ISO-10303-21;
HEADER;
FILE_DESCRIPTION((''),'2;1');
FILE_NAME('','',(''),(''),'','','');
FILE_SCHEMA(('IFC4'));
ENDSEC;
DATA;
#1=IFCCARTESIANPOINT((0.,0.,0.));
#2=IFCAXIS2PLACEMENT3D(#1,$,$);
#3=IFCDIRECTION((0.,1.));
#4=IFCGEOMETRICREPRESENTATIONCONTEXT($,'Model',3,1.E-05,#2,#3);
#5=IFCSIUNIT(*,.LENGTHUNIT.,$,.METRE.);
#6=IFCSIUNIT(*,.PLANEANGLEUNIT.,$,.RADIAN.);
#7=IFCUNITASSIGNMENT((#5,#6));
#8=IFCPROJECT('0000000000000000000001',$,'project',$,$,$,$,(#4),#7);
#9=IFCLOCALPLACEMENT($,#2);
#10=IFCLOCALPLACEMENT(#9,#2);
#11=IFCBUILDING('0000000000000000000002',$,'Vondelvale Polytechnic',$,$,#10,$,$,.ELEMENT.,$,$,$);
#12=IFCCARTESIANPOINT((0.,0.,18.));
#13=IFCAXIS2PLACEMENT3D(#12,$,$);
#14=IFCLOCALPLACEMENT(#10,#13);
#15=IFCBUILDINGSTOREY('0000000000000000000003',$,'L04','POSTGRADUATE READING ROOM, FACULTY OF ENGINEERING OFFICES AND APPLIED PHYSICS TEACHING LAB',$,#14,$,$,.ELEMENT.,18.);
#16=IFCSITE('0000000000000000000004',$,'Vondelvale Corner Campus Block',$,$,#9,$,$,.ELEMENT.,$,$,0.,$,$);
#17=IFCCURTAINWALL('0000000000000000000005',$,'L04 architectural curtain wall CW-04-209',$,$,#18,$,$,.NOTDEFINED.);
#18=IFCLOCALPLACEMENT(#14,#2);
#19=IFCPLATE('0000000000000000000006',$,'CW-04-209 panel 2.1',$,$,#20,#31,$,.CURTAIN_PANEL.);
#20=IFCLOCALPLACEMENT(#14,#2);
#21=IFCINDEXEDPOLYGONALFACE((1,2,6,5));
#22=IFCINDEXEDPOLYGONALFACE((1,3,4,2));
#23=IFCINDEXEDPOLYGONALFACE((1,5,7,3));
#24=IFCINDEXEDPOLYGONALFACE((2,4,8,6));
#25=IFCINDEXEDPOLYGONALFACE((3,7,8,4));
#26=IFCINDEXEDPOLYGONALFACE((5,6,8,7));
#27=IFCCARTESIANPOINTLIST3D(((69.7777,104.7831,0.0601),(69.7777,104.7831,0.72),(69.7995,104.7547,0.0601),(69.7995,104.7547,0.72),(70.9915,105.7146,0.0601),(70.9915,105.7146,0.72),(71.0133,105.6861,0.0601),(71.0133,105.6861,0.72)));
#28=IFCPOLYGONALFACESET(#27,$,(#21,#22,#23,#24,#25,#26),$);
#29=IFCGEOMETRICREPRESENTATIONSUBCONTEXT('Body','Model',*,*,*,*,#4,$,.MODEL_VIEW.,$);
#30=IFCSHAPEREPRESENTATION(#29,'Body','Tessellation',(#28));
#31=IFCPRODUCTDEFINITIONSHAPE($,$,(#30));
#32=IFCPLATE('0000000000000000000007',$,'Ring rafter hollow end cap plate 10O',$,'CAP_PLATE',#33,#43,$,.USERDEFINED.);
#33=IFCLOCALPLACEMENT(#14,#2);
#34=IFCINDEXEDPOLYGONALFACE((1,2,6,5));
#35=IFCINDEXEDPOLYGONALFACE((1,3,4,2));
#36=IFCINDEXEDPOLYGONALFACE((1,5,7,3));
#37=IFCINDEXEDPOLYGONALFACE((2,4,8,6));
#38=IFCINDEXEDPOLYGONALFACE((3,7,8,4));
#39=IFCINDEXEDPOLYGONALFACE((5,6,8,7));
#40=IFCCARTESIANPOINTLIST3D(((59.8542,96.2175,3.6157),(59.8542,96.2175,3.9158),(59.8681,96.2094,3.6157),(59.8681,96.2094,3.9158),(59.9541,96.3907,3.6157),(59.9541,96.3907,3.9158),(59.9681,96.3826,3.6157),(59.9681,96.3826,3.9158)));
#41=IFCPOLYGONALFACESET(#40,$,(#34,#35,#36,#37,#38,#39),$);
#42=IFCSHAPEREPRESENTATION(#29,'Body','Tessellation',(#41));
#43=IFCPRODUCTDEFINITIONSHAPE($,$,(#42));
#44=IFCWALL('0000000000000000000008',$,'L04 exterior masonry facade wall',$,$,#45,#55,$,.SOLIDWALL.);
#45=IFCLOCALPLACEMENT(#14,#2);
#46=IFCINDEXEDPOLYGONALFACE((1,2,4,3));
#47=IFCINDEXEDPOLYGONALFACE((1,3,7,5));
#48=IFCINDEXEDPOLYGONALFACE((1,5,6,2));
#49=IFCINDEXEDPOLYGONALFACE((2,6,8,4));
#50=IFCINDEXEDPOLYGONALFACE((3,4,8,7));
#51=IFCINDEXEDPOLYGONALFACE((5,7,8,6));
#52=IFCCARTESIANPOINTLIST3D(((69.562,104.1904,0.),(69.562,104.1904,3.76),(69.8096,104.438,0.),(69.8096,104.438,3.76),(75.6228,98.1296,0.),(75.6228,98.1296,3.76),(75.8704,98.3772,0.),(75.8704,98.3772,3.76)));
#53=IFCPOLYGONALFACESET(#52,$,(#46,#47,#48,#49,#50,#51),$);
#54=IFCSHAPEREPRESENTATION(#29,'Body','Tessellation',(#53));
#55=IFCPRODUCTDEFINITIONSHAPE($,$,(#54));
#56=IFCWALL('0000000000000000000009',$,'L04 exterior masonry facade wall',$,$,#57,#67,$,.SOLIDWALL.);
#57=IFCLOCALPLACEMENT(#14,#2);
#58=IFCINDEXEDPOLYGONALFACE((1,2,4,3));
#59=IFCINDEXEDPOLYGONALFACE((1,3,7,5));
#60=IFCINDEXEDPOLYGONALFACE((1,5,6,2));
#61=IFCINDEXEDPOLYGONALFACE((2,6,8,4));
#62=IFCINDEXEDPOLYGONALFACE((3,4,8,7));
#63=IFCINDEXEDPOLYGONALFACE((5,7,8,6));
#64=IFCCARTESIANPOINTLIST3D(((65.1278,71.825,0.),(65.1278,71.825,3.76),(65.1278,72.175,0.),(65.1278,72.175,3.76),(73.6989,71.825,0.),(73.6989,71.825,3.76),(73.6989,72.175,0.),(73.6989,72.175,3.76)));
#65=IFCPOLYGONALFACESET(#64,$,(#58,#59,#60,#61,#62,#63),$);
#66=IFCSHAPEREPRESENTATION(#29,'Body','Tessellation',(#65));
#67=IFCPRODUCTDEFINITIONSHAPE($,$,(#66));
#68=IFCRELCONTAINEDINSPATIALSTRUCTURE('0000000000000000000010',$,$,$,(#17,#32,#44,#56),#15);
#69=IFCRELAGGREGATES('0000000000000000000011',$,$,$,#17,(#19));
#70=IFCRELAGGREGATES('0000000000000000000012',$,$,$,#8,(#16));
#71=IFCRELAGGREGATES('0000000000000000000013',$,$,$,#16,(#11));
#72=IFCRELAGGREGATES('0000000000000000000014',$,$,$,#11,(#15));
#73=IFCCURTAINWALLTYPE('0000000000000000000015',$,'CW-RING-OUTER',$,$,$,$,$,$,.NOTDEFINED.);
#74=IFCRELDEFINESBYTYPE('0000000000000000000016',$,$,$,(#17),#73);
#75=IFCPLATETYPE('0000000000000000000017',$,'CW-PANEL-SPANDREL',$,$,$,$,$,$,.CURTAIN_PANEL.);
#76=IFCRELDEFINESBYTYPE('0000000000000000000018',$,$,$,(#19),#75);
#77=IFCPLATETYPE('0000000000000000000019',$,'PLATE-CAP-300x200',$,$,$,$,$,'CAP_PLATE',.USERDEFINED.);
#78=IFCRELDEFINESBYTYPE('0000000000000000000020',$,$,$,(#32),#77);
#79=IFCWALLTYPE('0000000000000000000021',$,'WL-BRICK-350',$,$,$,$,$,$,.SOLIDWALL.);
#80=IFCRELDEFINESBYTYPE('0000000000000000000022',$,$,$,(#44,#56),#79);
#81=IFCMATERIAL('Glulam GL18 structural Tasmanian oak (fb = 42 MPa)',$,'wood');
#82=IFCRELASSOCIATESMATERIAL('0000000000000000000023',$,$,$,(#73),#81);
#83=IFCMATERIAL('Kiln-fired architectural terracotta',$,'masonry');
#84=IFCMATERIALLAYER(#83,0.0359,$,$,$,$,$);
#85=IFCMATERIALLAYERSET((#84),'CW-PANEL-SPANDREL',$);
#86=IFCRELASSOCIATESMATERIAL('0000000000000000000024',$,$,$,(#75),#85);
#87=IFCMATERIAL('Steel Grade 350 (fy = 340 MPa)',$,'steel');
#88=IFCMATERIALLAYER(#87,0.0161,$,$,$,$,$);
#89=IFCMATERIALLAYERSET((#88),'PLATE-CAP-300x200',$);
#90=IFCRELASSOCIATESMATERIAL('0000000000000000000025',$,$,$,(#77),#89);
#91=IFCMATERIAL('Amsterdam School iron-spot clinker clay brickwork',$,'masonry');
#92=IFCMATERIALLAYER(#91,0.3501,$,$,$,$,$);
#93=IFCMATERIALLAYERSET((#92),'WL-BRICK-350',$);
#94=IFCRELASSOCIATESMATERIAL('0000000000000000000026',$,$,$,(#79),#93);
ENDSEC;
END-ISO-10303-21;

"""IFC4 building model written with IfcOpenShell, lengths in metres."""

from ifc_helpers import new_model, si_unit, direction, frame, frame_2d, origin, origin_2d, place, context, subcontext, project, spatial, rectangle, extrude, material, layer, layer_set, type_object, element, aggregate, save


model = new_model("IFC4")

# Units and contexts
model_context = context("Model", 3, precision=1e-05, world=origin(), true_north=direction((0.0, 1.0)))
body_context = subcontext(model_context, "Body", "Model", "MODEL_VIEW")
ifc_project = project(units=[si_unit("LENGTHUNIT", "METRE"), si_unit("PLANEANGLEUNIT", "RADIAN")], contexts=[model_context])

# Site, building, storey
site_placement = place(None, origin())
site = spatial("IfcSite", under=ifc_project, at=site_placement, Name="Vondelvale Corner Campus Block", CompositionType="ELEMENT", RefElevation=0.0)
building_placement = place(site_placement, origin())
building = spatial("IfcBuilding", under=site, at=building_placement, Name="Vondelvale Polytechnic", CompositionType="ELEMENT")
storey_placement = place(building_placement, frame((0.0, 0.0, 18.0)))
storey = spatial("IfcBuildingStorey", under=building, at=storey_placement, Name="L04", Description="POSTGRADUATE READING ROOM, FACULTY OF ENGINEERING OFFICES AND APPLIED PHYSICS TEACHING LAB", CompositionType="ELEMENT", Elevation=18.0)

# Curtain wall
ifc_material_1 = material(Name="Glulam GL18 structural Tasmanian oak (fb = 42 MPa)", Category="wood")
curtain_wall_type = type_object("IfcCurtainWallType", Name="CW-RING-OUTER", PredefinedType="NOTDEFINED", material=ifc_material_1)
curtain_wall_placement = place(storey_placement, origin())
curtain_wall = element("IfcCurtainWall", 1, at=curtain_wall_placement, inside=storey, type_object=curtain_wall_type, Name="L04 architectural curtain wall CW-04-209", PredefinedType="NOTDEFINED")

# Plates
ifc_material_2 = material(Name="Kiln-fired architectural terracotta", Category="masonry")
ifc_layer_1 = layer(ifc_material_2, 0.0359)
ifc_layer_set_1 = layer_set([ifc_layer_1], Name="CW-PANEL-SPANDREL")
plate_type_1 = type_object("IfcPlateType", Name="CW-PANEL-SPANDREL", PredefinedType="CURTAIN_PANEL", material=ifc_layer_set_1)
plate_1_placement = place(storey_placement, frame((70.3955, 105.2346, 0.0601), z_axis=(0.0, 0.0, 1.0), x_axis=(-0.793334, -0.608787, 0.0)))
plate_1 = element("IfcPlate", 2, at=plate_1_placement, type_object=plate_type_1, Name="CW-04-209 panel 2.1", PredefinedType="CURTAIN_PANEL", context=body_context, shape_type="SweptSolid", body=[
    extrude(rectangle(XDim=1.53, YDim=0.0359, at=origin_2d()), origin(), (0.0, 0.0, 1.0), 0.6599),
])
aggregate(curtain_wall, [plate_1])
ifc_material_3 = material(Name="Steel Grade 350 (fy = 340 MPa)", Category="steel")
ifc_layer_2 = layer(ifc_material_3, 0.0161)
ifc_layer_set_2 = layer_set([ifc_layer_2], Name="PLATE-CAP-300x200")
plate_type_2 = type_object("IfcPlateType", Name="PLATE-CAP-300x200", ElementType="CAP_PLATE", PredefinedType="USERDEFINED", material=ifc_layer_set_2)
plate_2_placement = place(storey_placement, frame((59.9111, 96.3, 3.6157), z_axis=(0.0, 0.0, 1.0), x_axis=(0.866025, -0.5, 0.0)))
element("IfcPlate", 3, at=plate_2_placement, inside=storey, type_object=plate_type_2, Name="Ring rafter hollow end cap plate 10O", ObjectType="CAP_PLATE", PredefinedType="USERDEFINED", context=body_context, shape_type="SweptSolid", body=[
    extrude(rectangle(XDim=0.0161, YDim=0.2, at=origin_2d()), origin(), (0.0, 0.0, 1.0), 0.3),
])

# Walls
ifc_material_4 = material(Name="Amsterdam School iron-spot clinker clay brickwork", Category="masonry")
ifc_layer_3 = layer(ifc_material_4, 0.3501)
ifc_layer_set_3 = layer_set([ifc_layer_3], Name="WL-BRICK-350")
wall_type = type_object("IfcWallType", Name="WL-BRICK-350", PredefinedType="SOLIDWALL", material=ifc_layer_set_3)
wall_1_placement = place(storey_placement, frame((69.6858, 104.3142, 0.0), z_axis=(0.0, 0.0, 1.0), x_axis=(0.707107, -0.707107, 0.0)))
element("IfcWall", 4, at=wall_1_placement, inside=storey, type_object=wall_type, Name="L04 exterior masonry facade wall", PredefinedType="SOLIDWALL", context=body_context, shape_type="SweptSolid", body=[
    extrude(rectangle(XDim=8.5713, YDim=0.3501, at=frame_2d((4.2856, 0.0))), origin(), (0.0, 0.0, 1.0), 3.76),
])
wall_2_placement = place(storey_placement, frame((73.699, 72.0, 0.0), z_axis=(0.0, 0.0, 1.0), x_axis=(-1.0, 0.0, 0.0)))
element("IfcWall", 5, at=wall_2_placement, inside=storey, type_object=wall_type, Name="L04 exterior masonry facade wall", PredefinedType="SOLIDWALL", context=body_context, shape_type="SweptSolid", body=[
    extrude(rectangle(XDim=8.571, YDim=0.3501, at=frame_2d((4.2856, 0.0))), origin(), (0.0, 0.0, 1.0), 3.76),
])

save(model, "model.ifc")
